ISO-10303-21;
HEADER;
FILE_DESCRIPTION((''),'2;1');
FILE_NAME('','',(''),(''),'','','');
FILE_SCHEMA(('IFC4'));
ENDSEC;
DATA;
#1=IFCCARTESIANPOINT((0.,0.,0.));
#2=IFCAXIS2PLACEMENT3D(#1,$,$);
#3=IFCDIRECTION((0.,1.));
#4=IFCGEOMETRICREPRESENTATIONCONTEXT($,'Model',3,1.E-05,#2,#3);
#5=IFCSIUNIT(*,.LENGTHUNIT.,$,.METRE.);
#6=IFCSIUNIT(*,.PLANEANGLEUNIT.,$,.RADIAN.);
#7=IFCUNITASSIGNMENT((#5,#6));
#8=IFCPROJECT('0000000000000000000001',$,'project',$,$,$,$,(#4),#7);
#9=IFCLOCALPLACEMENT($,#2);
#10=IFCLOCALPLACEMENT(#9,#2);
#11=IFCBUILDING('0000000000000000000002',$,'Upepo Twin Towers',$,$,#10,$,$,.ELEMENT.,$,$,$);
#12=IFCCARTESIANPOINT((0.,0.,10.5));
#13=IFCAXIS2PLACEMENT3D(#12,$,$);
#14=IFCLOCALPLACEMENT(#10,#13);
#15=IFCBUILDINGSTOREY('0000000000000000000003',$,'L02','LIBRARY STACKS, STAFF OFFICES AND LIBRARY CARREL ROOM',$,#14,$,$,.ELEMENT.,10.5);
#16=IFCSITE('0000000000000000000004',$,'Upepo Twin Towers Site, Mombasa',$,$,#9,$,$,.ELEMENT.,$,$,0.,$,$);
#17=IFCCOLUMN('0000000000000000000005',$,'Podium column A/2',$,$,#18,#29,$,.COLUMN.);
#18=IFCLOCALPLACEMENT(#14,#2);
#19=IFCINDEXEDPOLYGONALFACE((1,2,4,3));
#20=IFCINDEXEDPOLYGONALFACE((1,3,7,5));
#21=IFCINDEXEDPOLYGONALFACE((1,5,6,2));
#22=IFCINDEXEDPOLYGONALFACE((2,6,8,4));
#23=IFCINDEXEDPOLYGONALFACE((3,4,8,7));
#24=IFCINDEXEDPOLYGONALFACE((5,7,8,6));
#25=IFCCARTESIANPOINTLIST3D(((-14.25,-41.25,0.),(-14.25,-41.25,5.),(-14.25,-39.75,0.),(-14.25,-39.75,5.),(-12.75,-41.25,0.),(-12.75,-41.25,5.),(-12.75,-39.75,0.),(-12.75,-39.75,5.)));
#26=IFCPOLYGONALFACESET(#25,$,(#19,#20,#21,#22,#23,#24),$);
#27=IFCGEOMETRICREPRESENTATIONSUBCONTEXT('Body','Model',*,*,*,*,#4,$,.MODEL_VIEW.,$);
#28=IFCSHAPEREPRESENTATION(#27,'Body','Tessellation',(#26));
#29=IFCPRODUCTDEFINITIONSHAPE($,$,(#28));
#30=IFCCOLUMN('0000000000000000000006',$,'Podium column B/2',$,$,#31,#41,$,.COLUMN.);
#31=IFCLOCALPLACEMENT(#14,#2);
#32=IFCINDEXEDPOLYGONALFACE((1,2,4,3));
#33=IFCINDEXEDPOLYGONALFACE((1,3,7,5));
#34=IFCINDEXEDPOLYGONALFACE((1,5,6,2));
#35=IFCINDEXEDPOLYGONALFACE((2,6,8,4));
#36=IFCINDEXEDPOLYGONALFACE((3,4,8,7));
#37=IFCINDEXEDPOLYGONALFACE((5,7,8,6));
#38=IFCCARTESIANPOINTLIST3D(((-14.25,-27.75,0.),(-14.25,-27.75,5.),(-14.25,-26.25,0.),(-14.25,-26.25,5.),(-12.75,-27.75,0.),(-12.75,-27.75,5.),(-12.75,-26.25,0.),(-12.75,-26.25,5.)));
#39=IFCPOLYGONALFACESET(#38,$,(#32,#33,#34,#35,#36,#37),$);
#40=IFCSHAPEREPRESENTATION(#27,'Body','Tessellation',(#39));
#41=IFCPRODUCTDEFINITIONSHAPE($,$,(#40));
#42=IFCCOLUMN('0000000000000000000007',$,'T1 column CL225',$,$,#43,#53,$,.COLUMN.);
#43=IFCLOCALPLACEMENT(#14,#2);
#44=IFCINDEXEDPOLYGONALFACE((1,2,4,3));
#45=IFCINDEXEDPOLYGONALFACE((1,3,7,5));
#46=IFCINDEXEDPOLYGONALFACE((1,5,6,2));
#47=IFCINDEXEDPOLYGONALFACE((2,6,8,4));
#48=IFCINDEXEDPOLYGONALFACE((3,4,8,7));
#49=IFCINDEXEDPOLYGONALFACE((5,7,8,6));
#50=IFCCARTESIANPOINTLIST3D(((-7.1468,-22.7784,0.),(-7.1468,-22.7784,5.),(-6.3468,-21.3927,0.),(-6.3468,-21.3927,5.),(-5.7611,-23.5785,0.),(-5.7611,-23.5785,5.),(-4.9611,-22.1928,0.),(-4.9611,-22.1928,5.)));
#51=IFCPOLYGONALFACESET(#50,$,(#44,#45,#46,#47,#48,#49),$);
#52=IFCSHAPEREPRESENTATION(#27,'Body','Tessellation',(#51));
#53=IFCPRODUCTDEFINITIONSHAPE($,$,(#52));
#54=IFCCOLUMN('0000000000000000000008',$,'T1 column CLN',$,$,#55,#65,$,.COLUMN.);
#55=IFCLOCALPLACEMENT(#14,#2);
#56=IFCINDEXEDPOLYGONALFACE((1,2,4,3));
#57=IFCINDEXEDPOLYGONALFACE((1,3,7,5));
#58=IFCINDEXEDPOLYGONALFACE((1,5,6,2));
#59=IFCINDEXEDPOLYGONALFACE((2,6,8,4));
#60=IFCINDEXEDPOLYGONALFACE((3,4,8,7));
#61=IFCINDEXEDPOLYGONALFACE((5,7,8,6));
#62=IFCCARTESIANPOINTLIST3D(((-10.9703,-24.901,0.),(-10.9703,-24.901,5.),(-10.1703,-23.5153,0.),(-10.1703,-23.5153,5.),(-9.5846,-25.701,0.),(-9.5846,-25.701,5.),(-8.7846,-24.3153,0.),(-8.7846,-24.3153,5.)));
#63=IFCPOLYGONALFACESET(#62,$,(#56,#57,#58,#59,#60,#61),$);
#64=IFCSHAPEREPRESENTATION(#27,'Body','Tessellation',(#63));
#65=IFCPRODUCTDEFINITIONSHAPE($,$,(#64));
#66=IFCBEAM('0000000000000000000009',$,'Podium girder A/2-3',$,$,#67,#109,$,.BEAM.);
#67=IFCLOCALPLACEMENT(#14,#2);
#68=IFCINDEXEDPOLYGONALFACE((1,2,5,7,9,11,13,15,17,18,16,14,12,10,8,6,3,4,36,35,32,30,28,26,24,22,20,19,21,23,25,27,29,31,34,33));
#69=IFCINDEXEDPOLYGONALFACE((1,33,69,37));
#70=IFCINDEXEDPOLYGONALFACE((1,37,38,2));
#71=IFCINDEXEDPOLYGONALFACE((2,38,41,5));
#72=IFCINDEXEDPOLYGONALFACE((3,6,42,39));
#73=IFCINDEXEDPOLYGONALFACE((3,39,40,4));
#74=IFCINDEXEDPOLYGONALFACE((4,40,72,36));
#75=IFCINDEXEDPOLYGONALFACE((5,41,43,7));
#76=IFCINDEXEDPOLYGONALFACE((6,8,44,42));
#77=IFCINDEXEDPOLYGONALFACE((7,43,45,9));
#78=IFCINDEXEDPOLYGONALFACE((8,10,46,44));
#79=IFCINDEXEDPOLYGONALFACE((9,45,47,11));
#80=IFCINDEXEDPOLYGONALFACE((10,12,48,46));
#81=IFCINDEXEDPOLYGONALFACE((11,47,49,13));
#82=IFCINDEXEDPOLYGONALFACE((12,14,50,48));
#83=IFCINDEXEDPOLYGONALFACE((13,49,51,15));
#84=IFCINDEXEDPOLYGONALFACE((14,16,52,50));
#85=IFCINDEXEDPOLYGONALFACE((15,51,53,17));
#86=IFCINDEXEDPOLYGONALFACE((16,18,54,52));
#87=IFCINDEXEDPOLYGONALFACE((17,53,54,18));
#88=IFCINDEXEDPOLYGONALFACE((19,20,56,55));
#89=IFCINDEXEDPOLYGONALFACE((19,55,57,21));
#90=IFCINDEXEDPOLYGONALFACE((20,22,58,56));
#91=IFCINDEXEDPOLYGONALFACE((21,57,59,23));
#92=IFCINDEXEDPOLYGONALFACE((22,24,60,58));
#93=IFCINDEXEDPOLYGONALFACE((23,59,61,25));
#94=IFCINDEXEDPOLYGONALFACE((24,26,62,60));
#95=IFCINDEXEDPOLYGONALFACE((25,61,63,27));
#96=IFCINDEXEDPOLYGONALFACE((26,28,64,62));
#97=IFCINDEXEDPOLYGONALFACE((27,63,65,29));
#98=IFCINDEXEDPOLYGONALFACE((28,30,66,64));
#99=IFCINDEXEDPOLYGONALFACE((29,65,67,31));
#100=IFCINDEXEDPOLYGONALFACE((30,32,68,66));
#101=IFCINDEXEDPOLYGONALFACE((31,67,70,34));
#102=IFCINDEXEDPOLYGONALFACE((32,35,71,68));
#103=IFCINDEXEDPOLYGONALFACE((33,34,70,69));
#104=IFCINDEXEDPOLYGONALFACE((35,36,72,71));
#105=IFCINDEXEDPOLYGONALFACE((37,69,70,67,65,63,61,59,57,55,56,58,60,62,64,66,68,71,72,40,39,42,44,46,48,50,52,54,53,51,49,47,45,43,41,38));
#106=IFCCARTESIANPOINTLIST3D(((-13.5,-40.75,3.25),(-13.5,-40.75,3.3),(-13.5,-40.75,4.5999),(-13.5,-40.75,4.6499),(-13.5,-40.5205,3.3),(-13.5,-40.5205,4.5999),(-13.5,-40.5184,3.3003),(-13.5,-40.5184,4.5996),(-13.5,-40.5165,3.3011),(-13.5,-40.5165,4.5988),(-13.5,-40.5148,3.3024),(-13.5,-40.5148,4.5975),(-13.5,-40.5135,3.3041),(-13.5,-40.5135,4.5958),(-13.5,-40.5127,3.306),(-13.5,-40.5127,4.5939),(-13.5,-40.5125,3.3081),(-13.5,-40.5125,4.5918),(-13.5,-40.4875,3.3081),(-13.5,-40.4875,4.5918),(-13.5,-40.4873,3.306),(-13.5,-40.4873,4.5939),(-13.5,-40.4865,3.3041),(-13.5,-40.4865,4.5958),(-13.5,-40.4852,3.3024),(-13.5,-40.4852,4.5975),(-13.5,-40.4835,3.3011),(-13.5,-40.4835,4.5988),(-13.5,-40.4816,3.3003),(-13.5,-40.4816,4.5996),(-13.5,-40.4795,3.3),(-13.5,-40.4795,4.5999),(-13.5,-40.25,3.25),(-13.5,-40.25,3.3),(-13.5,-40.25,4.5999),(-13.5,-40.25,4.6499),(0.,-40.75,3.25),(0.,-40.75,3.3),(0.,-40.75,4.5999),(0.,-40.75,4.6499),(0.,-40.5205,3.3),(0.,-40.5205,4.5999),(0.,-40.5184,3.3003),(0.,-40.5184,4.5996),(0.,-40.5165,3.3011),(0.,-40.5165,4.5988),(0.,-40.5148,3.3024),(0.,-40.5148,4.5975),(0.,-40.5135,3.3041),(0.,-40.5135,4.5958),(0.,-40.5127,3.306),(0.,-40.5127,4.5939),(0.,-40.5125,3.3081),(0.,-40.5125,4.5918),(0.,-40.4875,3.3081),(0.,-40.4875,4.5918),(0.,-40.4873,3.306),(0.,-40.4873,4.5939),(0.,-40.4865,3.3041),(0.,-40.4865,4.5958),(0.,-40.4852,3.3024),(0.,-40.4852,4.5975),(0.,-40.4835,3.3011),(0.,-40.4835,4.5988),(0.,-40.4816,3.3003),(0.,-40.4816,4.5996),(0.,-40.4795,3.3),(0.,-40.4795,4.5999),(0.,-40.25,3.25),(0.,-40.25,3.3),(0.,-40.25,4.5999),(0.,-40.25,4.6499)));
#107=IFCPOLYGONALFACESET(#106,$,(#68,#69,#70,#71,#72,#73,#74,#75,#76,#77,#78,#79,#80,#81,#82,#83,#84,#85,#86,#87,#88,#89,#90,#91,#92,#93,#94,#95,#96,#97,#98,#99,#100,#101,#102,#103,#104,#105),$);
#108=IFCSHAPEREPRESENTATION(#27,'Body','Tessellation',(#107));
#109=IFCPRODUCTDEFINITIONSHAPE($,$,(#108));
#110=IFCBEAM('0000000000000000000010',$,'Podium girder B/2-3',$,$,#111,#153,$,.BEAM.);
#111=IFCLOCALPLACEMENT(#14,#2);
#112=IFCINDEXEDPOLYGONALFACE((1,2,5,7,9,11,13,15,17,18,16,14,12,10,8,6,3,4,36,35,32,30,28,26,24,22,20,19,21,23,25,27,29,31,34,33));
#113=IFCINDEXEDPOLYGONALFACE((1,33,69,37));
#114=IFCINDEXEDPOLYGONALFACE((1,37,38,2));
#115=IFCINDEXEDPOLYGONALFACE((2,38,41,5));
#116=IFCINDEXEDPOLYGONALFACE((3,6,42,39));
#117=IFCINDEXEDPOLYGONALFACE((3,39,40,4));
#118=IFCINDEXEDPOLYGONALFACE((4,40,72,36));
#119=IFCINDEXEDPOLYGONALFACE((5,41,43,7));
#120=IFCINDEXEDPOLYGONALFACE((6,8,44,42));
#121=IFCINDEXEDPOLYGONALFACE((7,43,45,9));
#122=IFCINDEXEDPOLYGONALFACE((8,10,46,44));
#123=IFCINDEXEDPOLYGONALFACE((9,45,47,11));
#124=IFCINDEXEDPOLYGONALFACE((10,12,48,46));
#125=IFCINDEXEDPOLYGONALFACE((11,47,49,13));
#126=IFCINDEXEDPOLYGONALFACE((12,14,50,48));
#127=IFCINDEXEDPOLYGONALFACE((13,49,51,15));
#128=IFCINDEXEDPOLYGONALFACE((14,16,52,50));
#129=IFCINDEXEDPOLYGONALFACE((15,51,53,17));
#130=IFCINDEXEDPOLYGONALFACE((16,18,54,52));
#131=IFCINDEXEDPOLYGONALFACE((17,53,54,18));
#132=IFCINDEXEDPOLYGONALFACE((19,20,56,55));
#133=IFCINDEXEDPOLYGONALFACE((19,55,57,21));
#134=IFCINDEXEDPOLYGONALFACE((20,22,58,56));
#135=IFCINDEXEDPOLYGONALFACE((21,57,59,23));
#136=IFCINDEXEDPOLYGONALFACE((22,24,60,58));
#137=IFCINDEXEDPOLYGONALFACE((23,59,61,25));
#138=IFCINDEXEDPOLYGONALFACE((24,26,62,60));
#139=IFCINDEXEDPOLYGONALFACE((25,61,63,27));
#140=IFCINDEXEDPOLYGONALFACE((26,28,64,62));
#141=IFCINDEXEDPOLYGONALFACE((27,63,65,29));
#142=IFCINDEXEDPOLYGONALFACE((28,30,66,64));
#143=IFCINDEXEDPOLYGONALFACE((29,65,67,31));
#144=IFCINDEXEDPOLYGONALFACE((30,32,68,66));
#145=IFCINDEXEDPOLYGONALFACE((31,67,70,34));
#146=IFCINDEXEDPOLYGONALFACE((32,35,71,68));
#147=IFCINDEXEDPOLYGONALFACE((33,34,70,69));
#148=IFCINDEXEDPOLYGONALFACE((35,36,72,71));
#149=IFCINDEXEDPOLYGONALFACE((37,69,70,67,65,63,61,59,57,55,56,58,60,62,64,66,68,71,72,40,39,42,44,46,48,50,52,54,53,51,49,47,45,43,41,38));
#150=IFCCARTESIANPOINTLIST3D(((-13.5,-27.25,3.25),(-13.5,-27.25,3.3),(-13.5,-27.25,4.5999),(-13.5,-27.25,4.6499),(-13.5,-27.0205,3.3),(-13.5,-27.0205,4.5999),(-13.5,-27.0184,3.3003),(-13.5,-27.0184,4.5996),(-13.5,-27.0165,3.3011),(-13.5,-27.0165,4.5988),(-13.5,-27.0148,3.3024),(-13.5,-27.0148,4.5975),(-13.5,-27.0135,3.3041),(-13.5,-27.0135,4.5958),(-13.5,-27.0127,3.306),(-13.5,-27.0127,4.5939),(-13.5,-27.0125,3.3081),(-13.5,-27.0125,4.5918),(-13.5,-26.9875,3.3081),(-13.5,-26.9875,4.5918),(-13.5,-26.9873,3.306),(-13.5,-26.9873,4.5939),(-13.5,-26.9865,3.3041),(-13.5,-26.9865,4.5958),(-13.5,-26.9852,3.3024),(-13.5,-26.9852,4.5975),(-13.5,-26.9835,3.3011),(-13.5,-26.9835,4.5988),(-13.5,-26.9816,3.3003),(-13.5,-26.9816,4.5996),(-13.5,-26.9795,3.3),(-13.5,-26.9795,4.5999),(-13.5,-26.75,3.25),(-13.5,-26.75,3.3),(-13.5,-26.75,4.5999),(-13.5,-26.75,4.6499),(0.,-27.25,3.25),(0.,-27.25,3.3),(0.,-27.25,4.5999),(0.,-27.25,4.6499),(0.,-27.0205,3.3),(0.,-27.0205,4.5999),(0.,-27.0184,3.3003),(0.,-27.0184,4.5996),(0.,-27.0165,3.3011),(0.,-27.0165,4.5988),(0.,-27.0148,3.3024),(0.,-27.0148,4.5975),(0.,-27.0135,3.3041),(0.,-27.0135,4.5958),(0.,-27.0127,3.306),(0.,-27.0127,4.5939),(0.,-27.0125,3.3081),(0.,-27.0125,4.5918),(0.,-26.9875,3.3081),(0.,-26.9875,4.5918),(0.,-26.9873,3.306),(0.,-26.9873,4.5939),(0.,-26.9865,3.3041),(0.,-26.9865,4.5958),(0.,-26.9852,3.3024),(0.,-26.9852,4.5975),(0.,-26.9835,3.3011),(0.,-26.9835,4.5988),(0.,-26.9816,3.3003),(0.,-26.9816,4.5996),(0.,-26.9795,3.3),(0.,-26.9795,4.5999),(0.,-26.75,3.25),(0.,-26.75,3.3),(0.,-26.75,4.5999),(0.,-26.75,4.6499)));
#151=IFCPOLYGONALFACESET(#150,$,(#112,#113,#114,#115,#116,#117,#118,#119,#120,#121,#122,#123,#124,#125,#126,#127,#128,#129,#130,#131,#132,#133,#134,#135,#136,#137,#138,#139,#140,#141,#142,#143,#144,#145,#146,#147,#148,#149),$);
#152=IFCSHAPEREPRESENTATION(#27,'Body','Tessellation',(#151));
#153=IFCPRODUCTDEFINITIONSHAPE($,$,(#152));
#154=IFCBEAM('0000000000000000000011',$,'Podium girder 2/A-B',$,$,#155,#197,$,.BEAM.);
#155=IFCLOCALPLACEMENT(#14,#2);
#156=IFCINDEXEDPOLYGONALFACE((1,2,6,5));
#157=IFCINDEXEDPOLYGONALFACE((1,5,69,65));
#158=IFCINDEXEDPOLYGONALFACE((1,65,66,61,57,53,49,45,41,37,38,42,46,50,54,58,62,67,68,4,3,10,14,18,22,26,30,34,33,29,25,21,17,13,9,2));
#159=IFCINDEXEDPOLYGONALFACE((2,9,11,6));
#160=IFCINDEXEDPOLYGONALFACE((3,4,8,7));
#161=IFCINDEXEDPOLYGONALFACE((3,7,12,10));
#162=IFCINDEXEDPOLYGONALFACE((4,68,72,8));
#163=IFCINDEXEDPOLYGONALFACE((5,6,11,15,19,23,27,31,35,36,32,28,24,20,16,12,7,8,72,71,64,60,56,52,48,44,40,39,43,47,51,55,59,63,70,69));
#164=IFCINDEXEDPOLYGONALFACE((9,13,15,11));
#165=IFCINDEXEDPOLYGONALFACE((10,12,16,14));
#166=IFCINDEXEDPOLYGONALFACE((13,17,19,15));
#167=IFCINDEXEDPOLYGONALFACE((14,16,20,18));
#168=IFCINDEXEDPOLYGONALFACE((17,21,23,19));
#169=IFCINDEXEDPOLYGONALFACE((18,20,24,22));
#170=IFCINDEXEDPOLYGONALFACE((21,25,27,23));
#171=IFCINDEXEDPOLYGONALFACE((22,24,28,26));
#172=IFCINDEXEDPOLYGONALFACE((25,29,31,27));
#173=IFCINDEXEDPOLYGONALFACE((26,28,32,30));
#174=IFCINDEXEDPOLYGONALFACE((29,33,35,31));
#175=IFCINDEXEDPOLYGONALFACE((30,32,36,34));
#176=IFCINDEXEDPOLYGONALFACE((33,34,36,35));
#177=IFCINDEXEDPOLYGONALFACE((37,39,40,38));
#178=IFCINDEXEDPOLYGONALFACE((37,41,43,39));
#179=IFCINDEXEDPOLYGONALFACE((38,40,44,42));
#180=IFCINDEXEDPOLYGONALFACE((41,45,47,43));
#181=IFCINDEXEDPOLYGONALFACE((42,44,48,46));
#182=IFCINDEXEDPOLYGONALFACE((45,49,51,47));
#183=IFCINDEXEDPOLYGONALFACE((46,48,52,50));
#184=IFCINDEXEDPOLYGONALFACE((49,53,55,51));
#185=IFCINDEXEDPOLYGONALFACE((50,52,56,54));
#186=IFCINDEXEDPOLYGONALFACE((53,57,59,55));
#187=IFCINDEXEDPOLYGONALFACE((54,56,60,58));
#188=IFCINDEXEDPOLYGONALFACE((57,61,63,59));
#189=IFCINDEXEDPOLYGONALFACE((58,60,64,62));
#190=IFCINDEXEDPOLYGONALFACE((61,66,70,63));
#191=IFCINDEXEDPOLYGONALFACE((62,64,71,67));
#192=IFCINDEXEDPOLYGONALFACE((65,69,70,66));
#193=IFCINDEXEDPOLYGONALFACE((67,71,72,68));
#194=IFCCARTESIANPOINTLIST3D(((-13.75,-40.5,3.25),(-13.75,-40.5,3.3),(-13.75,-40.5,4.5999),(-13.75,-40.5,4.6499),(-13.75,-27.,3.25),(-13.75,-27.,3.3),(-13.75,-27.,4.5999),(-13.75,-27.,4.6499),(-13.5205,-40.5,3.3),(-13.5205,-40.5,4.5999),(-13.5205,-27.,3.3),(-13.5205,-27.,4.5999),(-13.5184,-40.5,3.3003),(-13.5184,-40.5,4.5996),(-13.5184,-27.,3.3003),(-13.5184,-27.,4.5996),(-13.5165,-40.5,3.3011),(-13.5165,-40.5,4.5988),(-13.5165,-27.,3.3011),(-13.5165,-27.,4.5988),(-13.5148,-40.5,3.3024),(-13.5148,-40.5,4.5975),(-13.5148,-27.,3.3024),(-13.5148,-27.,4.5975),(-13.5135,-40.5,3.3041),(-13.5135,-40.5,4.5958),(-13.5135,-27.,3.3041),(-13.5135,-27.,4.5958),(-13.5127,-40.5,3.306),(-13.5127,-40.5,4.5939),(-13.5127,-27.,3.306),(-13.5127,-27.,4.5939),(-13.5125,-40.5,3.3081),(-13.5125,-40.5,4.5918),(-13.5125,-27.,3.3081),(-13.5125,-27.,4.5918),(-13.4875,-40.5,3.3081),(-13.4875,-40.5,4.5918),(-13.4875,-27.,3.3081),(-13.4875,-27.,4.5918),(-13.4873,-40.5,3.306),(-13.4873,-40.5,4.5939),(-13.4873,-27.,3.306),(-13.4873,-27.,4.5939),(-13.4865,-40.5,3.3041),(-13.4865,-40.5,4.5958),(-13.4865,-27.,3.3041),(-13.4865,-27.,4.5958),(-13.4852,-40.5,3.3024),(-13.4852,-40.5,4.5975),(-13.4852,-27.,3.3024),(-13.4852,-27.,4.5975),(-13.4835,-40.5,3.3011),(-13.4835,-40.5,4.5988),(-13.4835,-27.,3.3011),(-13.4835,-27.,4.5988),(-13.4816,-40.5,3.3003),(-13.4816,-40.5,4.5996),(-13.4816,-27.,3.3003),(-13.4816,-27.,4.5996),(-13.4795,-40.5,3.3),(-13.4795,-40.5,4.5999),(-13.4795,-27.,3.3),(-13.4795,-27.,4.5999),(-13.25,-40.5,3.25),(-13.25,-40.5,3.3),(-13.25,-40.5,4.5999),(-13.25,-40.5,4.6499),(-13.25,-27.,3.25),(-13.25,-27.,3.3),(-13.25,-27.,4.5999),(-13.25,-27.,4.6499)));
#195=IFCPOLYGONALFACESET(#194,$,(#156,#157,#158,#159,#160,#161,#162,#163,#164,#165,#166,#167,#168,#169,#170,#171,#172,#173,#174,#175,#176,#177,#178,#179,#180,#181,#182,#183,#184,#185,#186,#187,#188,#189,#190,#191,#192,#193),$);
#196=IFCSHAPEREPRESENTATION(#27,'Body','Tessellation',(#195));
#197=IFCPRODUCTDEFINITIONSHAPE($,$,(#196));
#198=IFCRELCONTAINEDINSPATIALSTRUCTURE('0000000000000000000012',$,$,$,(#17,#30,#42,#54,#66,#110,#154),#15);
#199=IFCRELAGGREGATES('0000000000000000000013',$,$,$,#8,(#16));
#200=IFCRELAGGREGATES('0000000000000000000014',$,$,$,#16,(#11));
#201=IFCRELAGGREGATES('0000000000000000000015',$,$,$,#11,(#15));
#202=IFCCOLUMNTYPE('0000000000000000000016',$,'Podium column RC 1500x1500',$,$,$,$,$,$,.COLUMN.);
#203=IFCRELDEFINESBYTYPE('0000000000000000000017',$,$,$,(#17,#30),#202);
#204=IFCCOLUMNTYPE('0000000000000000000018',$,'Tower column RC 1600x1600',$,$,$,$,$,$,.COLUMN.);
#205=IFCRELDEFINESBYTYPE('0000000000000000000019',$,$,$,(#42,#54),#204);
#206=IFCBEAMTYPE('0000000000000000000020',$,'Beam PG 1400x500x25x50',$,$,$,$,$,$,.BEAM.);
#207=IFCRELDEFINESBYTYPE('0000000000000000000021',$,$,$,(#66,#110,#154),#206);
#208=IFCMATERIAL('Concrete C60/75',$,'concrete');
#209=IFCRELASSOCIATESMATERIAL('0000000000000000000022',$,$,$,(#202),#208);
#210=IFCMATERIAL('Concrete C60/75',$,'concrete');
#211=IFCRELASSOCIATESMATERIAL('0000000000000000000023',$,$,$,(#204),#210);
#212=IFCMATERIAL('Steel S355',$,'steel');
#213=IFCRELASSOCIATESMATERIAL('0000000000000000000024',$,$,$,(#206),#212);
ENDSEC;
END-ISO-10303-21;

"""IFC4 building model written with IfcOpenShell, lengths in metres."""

from ifc_helpers import new_model, si_unit, direction, frame, origin, origin_2d, place, context, subcontext, project, spatial, rectangle, i_section, extrude, material, material_profile, profile_set, type_object, element, save


model = new_model("IFC4")

# Units and contexts
model_context = context("Model", 3, precision=1e-05, world=origin(), true_north=direction((0.0, 1.0)))
body_context = subcontext(model_context, "Body", "Model", "MODEL_VIEW")
ifc_project = project(units=[si_unit("LENGTHUNIT", "METRE"), si_unit("PLANEANGLEUNIT", "RADIAN")], contexts=[model_context])

# Site, building, storey
site_placement = place(None, origin())
site = spatial("IfcSite", under=ifc_project, at=site_placement, Name="Upepo Twin Towers Site, Mombasa", CompositionType="ELEMENT", RefElevation=0.0)
building_placement = place(site_placement, origin())
building = spatial("IfcBuilding", under=site, at=building_placement, Name="Upepo Twin Towers", CompositionType="ELEMENT")
storey_placement = place(building_placement, frame((0.0, 0.0, 10.5)))
storey = spatial("IfcBuildingStorey", under=building, at=storey_placement, Name="L02", Description="LIBRARY STACKS, STAFF OFFICES AND LIBRARY CARREL ROOM", CompositionType="ELEMENT", Elevation=10.5)

# Columns
ifc_material_1 = material(Name="Concrete C60/75", Category="concrete")
ifc_material_profile_1 = material_profile(ifc_material_1, rectangle(XDim=1.5, YDim=1.5, at=origin_2d()), Name="RC 1500x1500")
ifc_profile_set_1 = profile_set([ifc_material_profile_1], Name="Concrete C60/75")
column_type_1 = type_object("IfcColumnType", Name="Podium column RC 1500x1500", PredefinedType="COLUMN", material=ifc_profile_set_1)
for number, where, z_axis, x_axis, name in (
    (1, (-13.5, -40.5, 0.0), (0.0, 0.0, 1.0), (1.0, 0.0, 0.0), "Podium column A/2"),
    (2, (-13.5, -27.0, 0.0), (0.0, 0.0, 1.0), (1.0, 0.0, 0.0), "Podium column B/2"),
):
    element("IfcColumn", number, at=place(storey_placement, frame(where, z_axis=z_axis, x_axis=x_axis)), inside=storey, type_object=column_type_1, Name=name, PredefinedType="COLUMN", context=body_context, shape_type="SweptSolid", body=[
        extrude(rectangle(XDim=1.5, YDim=1.5, at=origin_2d()), origin(), (0.0, 0.0, 1.0), 5.0),
    ])
ifc_material_2 = material(Name="Concrete C60/75", Category="concrete")
ifc_material_profile_2 = material_profile(ifc_material_2, rectangle(XDim=1.6001, YDim=1.6001, at=origin_2d()), Name="RC 1600x1600")
ifc_profile_set_2 = profile_set([ifc_material_profile_2], Name="Concrete C60/75")
column_type_2 = type_object("IfcColumnType", Name="Tower column RC 1600x1600", PredefinedType="COLUMN", material=ifc_profile_set_2)
for number, where, z_axis, x_axis, name in (
    (3, (-6.054, -22.4856, 0.0), (0.0, 0.0, 1.0), (0.5, 0.866025, 0.0), "T1 column CL225"),
    (4, (-9.8774, -24.6082, 0.0), (0.0, 0.0, 1.0), (0.5, 0.866025, 0.0), "T1 column CLN"),
):
    element("IfcColumn", number, at=place(storey_placement, frame(where, z_axis=z_axis, x_axis=x_axis)), inside=storey, type_object=column_type_2, Name=name, PredefinedType="COLUMN", context=body_context, shape_type="SweptSolid", body=[
        extrude(rectangle(XDim=1.6001, YDim=1.6001, at=origin_2d()), origin(), (0.0, 0.0, 1.0), 5.0),
    ])

# Beams
ifc_material_3 = material(Name="Steel S355", Category="steel")
ifc_material_profile_3 = material_profile(ifc_material_3, i_section(OverallWidth=0.5, OverallDepth=1.3999, WebThickness=0.0249, FlangeThickness=0.05, FilletRadius=0.0081, at=origin_2d()), Name="PG 1400x500x25x50")
ifc_profile_set_3 = profile_set([ifc_material_profile_3], Name="Steel S355")
beam_type_1 = type_object("IfcBeamType", Name="Beam PG 1400x500x25x50", PredefinedType="BEAM", material=ifc_profile_set_3)
for number, where, z_axis, x_axis, name in (
    (5, (-13.5, -40.5, 3.95), (1.0, 0.0, 0.0), (0.0, 1.0, 0.0), "Podium girder A/2-3"),
    (6, (-13.5, -27.0, 3.95), (1.0, 0.0, 0.0), (0.0, 1.0, 0.0), "Podium girder B/2-3"),
    (7, (-13.5, -40.5, 3.95), (0.0, 1.0, 0.0), (-1.0, 0.0, 0.0), "Podium girder 2/A-B"),
):
    element("IfcBeam", number, at=place(storey_placement, frame(where, z_axis=z_axis, x_axis=x_axis)), inside=storey, type_object=beam_type_1, Name=name, PredefinedType="BEAM", context=body_context, shape_type="SweptSolid", body=[
        extrude(i_section(OverallWidth=0.5, OverallDepth=1.3999, WebThickness=0.0249, FlangeThickness=0.05, FilletRadius=0.0081, at=origin_2d()), origin(), (0.0, 0.0, 1.0), 13.5),
    ])

save(model, "model.ifc")
